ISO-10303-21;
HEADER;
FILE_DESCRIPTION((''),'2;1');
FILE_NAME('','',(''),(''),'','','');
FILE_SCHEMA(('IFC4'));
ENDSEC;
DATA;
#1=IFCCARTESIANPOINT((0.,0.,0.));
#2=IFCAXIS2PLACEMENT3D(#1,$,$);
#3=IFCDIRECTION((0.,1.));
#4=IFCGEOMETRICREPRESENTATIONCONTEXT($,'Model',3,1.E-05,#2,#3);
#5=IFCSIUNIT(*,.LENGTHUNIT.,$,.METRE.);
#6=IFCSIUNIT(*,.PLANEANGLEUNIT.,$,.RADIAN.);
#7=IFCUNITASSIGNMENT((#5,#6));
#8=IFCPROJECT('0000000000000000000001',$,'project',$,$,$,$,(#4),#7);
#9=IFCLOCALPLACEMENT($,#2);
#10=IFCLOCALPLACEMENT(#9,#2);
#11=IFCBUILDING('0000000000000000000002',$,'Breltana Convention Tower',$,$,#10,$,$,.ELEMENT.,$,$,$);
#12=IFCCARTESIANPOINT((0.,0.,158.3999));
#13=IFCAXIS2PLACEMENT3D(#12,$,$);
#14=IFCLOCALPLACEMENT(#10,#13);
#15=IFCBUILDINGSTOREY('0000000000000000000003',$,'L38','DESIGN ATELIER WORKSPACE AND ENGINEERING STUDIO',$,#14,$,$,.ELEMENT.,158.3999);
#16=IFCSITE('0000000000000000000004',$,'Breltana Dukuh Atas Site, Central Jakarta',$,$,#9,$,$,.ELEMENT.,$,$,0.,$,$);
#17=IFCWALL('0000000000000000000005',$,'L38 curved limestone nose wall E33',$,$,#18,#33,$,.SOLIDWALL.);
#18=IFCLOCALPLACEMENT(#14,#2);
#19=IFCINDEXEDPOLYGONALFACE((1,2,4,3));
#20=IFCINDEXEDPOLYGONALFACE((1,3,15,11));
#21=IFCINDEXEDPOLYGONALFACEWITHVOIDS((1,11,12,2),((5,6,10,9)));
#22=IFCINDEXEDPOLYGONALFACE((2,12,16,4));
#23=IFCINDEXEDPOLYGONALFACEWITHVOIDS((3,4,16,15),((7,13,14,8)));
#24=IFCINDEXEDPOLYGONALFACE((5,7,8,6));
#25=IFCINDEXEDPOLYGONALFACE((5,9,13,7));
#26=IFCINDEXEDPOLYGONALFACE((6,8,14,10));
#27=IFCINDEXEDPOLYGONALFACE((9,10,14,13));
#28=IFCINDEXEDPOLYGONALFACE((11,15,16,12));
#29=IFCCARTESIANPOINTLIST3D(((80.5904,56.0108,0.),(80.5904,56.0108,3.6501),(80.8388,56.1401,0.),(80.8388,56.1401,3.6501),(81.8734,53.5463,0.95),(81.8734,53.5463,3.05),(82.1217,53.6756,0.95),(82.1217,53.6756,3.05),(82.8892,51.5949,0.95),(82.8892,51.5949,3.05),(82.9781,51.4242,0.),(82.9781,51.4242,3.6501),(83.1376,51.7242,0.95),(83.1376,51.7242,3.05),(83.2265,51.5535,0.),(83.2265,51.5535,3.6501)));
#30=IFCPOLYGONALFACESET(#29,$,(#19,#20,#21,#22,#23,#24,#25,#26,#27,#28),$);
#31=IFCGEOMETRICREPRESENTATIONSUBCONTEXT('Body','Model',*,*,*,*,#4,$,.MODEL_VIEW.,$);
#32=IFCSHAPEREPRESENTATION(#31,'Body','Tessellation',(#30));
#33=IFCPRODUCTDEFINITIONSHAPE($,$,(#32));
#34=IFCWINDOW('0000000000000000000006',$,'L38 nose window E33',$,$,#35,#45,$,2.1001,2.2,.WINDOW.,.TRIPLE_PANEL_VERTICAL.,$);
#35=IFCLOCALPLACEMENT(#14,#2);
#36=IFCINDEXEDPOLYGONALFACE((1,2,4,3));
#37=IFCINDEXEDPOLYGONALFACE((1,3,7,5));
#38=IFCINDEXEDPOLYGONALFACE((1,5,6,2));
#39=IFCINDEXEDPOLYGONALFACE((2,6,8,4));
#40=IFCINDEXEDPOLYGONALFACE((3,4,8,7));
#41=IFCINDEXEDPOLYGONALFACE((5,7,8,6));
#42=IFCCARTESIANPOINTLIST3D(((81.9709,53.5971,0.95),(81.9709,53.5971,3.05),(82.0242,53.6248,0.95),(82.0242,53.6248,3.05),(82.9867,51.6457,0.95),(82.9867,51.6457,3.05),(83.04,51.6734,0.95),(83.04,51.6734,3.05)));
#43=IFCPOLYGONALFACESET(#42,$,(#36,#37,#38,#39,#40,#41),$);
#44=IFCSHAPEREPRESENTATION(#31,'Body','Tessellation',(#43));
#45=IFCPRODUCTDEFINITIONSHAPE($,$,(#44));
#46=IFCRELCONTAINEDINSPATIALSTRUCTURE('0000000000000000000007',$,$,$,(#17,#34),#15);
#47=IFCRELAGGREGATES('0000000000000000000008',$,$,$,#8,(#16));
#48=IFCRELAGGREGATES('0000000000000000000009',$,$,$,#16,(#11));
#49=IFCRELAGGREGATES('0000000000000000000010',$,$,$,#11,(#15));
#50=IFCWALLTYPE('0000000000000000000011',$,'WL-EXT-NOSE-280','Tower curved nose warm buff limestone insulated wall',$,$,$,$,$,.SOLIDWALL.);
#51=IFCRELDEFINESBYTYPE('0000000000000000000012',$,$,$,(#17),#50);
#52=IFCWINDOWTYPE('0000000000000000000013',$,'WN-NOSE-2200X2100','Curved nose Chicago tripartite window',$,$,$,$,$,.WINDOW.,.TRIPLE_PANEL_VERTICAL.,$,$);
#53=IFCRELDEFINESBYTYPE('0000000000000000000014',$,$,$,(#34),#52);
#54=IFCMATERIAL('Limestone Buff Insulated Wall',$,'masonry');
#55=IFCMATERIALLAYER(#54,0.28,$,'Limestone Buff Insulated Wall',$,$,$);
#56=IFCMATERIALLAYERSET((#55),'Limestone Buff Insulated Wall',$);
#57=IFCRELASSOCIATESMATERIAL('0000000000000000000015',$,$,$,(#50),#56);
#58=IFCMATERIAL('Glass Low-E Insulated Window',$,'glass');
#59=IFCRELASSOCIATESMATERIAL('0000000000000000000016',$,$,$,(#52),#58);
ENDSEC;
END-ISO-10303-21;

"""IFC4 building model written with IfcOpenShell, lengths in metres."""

from ifc_helpers import new_model, si_unit, direction, frame, frame_2d, origin, place, context, subcontext, project, spatial, rectangle, extrude, source, transform, mapped, material, layer, layer_set, type_object, type_shapes, element, fill, save


model = new_model("IFC4")

# Units and contexts
model_context = context("Model", 3, precision=1e-05, world=origin(), true_north=direction((0.0, 1.0)))
body_context = subcontext(model_context, "Body", "Model", "MODEL_VIEW")
ifc_project = project(units=[si_unit("LENGTHUNIT", "METRE"), si_unit("PLANEANGLEUNIT", "RADIAN")], contexts=[model_context])

# Site, building, storey
site_placement = place(None, origin())
site = spatial("IfcSite", under=ifc_project, at=site_placement, Name="Breltana Dukuh Atas Site, Central Jakarta", CompositionType="ELEMENT", RefElevation=0.0)
building_placement = place(site_placement, origin())
building = spatial("IfcBuilding", under=site, at=building_placement, Name="Breltana Convention Tower", CompositionType="ELEMENT")
storey_placement = place(building_placement, frame((0.0, 0.0, 158.3999)))
storey = spatial("IfcBuildingStorey", under=building, at=storey_placement, Name="L38", Description="DESIGN ATELIER WORKSPACE AND ENGINEERING STUDIO", CompositionType="ELEMENT", Elevation=158.3999)

# Wall, opening, window
ifc_material_1 = material(Name="Limestone Buff Insulated Wall", Category="masonry")
ifc_layer_1 = layer(ifc_material_1, 0.28, Name="Limestone Buff Insulated Wall")
ifc_layer_set_1 = layer_set([ifc_layer_1], Name="Limestone Buff Insulated Wall")
wall_type = type_object("IfcWallType", Name="WL-EXT-NOSE-280", Description="Tower curved nose warm buff limestone insulated wall", PredefinedType="SOLIDWALL", material=ifc_layer_set_1)
ifc_material_2 = material(Name="Glass Low-E Insulated Window", Category="glass")
window_type = type_object("IfcWindowType", Name="WN-NOSE-2200X2100", Description="Curved nose Chicago tripartite window", PartitioningType="TRIPLE_PANEL_VERTICAL", PredefinedType="WINDOW", material=ifc_material_2)
shared_shape_1 = source(origin(), body_context, "Body", "SweptSolid", [
    extrude(rectangle(XDim=2.2, YDim=2.1001, at=frame_2d((1.1001, 1.05))), frame((0.0, 0.03, 0.0), z_axis=(0.0, -1.0, 0.0), x_axis=(1.0, 0.0, 0.0)), (0.0, 0.0, 1.0), 0.0601),
])
type_shapes(window_type, [shared_shape_1])
shared_shape_2 = source(origin(), body_context, "Body", "SweptSolid", [
    extrude(rectangle(XDim=5.1709, YDim=0.28, at=frame_2d((2.5854, 0.0))), origin(), (0.0, 0.0, 1.0), 3.6501),
])
wall_1_placement = place(storey_placement, frame((80.7146, 56.0754, 0.0), z_axis=(0.0, 0.0, 1.0), x_axis=(0.461753, -0.887009, 0.0)))
wall_1 = element("IfcWall", 1, at=wall_1_placement, inside=storey, type_object=wall_type, Name="L38 curved limestone nose wall E33", PredefinedType="SOLIDWALL", context=body_context, shape_type="MappedRepresentation", body=[
    mapped(shared_shape_2, transform((0.0, 0.0, 0.0), scale=1.0)),
])
opening_1_placement = place(wall_1_placement, frame((2.7783, 0.0, 0.95)))
opening_1 = element("IfcOpeningElement", 2, at=opening_1_placement, cuts=wall_1, PredefinedType="OPENING", context=body_context, shape_type="SweptSolid", body=[
    extrude(rectangle(XDim=2.2, YDim=2.1001, at=frame_2d((1.1001, 1.05))), frame((0.0, 0.1499, 0.0), z_axis=(0.0, -1.0, 0.0), x_axis=(1.0, 0.0, 0.0)), (0.0, 0.0, 1.0), 0.3),
])
window_1_placement = place(opening_1_placement, origin())
window_1 = element("IfcWindow", 3, at=window_1_placement, inside=storey, type_object=window_type, Name="L38 nose window E33", OverallHeight=2.1001, OverallWidth=2.2, PartitioningType="TRIPLE_PANEL_VERTICAL", PredefinedType="WINDOW", context=body_context, shape_type="MappedRepresentation", body=[
    mapped(shared_shape_1, transform((0.0, 0.0, 0.0), scale=1.0)),
])
fill(opening_1, window_1)

save(model, "model.ifc")
